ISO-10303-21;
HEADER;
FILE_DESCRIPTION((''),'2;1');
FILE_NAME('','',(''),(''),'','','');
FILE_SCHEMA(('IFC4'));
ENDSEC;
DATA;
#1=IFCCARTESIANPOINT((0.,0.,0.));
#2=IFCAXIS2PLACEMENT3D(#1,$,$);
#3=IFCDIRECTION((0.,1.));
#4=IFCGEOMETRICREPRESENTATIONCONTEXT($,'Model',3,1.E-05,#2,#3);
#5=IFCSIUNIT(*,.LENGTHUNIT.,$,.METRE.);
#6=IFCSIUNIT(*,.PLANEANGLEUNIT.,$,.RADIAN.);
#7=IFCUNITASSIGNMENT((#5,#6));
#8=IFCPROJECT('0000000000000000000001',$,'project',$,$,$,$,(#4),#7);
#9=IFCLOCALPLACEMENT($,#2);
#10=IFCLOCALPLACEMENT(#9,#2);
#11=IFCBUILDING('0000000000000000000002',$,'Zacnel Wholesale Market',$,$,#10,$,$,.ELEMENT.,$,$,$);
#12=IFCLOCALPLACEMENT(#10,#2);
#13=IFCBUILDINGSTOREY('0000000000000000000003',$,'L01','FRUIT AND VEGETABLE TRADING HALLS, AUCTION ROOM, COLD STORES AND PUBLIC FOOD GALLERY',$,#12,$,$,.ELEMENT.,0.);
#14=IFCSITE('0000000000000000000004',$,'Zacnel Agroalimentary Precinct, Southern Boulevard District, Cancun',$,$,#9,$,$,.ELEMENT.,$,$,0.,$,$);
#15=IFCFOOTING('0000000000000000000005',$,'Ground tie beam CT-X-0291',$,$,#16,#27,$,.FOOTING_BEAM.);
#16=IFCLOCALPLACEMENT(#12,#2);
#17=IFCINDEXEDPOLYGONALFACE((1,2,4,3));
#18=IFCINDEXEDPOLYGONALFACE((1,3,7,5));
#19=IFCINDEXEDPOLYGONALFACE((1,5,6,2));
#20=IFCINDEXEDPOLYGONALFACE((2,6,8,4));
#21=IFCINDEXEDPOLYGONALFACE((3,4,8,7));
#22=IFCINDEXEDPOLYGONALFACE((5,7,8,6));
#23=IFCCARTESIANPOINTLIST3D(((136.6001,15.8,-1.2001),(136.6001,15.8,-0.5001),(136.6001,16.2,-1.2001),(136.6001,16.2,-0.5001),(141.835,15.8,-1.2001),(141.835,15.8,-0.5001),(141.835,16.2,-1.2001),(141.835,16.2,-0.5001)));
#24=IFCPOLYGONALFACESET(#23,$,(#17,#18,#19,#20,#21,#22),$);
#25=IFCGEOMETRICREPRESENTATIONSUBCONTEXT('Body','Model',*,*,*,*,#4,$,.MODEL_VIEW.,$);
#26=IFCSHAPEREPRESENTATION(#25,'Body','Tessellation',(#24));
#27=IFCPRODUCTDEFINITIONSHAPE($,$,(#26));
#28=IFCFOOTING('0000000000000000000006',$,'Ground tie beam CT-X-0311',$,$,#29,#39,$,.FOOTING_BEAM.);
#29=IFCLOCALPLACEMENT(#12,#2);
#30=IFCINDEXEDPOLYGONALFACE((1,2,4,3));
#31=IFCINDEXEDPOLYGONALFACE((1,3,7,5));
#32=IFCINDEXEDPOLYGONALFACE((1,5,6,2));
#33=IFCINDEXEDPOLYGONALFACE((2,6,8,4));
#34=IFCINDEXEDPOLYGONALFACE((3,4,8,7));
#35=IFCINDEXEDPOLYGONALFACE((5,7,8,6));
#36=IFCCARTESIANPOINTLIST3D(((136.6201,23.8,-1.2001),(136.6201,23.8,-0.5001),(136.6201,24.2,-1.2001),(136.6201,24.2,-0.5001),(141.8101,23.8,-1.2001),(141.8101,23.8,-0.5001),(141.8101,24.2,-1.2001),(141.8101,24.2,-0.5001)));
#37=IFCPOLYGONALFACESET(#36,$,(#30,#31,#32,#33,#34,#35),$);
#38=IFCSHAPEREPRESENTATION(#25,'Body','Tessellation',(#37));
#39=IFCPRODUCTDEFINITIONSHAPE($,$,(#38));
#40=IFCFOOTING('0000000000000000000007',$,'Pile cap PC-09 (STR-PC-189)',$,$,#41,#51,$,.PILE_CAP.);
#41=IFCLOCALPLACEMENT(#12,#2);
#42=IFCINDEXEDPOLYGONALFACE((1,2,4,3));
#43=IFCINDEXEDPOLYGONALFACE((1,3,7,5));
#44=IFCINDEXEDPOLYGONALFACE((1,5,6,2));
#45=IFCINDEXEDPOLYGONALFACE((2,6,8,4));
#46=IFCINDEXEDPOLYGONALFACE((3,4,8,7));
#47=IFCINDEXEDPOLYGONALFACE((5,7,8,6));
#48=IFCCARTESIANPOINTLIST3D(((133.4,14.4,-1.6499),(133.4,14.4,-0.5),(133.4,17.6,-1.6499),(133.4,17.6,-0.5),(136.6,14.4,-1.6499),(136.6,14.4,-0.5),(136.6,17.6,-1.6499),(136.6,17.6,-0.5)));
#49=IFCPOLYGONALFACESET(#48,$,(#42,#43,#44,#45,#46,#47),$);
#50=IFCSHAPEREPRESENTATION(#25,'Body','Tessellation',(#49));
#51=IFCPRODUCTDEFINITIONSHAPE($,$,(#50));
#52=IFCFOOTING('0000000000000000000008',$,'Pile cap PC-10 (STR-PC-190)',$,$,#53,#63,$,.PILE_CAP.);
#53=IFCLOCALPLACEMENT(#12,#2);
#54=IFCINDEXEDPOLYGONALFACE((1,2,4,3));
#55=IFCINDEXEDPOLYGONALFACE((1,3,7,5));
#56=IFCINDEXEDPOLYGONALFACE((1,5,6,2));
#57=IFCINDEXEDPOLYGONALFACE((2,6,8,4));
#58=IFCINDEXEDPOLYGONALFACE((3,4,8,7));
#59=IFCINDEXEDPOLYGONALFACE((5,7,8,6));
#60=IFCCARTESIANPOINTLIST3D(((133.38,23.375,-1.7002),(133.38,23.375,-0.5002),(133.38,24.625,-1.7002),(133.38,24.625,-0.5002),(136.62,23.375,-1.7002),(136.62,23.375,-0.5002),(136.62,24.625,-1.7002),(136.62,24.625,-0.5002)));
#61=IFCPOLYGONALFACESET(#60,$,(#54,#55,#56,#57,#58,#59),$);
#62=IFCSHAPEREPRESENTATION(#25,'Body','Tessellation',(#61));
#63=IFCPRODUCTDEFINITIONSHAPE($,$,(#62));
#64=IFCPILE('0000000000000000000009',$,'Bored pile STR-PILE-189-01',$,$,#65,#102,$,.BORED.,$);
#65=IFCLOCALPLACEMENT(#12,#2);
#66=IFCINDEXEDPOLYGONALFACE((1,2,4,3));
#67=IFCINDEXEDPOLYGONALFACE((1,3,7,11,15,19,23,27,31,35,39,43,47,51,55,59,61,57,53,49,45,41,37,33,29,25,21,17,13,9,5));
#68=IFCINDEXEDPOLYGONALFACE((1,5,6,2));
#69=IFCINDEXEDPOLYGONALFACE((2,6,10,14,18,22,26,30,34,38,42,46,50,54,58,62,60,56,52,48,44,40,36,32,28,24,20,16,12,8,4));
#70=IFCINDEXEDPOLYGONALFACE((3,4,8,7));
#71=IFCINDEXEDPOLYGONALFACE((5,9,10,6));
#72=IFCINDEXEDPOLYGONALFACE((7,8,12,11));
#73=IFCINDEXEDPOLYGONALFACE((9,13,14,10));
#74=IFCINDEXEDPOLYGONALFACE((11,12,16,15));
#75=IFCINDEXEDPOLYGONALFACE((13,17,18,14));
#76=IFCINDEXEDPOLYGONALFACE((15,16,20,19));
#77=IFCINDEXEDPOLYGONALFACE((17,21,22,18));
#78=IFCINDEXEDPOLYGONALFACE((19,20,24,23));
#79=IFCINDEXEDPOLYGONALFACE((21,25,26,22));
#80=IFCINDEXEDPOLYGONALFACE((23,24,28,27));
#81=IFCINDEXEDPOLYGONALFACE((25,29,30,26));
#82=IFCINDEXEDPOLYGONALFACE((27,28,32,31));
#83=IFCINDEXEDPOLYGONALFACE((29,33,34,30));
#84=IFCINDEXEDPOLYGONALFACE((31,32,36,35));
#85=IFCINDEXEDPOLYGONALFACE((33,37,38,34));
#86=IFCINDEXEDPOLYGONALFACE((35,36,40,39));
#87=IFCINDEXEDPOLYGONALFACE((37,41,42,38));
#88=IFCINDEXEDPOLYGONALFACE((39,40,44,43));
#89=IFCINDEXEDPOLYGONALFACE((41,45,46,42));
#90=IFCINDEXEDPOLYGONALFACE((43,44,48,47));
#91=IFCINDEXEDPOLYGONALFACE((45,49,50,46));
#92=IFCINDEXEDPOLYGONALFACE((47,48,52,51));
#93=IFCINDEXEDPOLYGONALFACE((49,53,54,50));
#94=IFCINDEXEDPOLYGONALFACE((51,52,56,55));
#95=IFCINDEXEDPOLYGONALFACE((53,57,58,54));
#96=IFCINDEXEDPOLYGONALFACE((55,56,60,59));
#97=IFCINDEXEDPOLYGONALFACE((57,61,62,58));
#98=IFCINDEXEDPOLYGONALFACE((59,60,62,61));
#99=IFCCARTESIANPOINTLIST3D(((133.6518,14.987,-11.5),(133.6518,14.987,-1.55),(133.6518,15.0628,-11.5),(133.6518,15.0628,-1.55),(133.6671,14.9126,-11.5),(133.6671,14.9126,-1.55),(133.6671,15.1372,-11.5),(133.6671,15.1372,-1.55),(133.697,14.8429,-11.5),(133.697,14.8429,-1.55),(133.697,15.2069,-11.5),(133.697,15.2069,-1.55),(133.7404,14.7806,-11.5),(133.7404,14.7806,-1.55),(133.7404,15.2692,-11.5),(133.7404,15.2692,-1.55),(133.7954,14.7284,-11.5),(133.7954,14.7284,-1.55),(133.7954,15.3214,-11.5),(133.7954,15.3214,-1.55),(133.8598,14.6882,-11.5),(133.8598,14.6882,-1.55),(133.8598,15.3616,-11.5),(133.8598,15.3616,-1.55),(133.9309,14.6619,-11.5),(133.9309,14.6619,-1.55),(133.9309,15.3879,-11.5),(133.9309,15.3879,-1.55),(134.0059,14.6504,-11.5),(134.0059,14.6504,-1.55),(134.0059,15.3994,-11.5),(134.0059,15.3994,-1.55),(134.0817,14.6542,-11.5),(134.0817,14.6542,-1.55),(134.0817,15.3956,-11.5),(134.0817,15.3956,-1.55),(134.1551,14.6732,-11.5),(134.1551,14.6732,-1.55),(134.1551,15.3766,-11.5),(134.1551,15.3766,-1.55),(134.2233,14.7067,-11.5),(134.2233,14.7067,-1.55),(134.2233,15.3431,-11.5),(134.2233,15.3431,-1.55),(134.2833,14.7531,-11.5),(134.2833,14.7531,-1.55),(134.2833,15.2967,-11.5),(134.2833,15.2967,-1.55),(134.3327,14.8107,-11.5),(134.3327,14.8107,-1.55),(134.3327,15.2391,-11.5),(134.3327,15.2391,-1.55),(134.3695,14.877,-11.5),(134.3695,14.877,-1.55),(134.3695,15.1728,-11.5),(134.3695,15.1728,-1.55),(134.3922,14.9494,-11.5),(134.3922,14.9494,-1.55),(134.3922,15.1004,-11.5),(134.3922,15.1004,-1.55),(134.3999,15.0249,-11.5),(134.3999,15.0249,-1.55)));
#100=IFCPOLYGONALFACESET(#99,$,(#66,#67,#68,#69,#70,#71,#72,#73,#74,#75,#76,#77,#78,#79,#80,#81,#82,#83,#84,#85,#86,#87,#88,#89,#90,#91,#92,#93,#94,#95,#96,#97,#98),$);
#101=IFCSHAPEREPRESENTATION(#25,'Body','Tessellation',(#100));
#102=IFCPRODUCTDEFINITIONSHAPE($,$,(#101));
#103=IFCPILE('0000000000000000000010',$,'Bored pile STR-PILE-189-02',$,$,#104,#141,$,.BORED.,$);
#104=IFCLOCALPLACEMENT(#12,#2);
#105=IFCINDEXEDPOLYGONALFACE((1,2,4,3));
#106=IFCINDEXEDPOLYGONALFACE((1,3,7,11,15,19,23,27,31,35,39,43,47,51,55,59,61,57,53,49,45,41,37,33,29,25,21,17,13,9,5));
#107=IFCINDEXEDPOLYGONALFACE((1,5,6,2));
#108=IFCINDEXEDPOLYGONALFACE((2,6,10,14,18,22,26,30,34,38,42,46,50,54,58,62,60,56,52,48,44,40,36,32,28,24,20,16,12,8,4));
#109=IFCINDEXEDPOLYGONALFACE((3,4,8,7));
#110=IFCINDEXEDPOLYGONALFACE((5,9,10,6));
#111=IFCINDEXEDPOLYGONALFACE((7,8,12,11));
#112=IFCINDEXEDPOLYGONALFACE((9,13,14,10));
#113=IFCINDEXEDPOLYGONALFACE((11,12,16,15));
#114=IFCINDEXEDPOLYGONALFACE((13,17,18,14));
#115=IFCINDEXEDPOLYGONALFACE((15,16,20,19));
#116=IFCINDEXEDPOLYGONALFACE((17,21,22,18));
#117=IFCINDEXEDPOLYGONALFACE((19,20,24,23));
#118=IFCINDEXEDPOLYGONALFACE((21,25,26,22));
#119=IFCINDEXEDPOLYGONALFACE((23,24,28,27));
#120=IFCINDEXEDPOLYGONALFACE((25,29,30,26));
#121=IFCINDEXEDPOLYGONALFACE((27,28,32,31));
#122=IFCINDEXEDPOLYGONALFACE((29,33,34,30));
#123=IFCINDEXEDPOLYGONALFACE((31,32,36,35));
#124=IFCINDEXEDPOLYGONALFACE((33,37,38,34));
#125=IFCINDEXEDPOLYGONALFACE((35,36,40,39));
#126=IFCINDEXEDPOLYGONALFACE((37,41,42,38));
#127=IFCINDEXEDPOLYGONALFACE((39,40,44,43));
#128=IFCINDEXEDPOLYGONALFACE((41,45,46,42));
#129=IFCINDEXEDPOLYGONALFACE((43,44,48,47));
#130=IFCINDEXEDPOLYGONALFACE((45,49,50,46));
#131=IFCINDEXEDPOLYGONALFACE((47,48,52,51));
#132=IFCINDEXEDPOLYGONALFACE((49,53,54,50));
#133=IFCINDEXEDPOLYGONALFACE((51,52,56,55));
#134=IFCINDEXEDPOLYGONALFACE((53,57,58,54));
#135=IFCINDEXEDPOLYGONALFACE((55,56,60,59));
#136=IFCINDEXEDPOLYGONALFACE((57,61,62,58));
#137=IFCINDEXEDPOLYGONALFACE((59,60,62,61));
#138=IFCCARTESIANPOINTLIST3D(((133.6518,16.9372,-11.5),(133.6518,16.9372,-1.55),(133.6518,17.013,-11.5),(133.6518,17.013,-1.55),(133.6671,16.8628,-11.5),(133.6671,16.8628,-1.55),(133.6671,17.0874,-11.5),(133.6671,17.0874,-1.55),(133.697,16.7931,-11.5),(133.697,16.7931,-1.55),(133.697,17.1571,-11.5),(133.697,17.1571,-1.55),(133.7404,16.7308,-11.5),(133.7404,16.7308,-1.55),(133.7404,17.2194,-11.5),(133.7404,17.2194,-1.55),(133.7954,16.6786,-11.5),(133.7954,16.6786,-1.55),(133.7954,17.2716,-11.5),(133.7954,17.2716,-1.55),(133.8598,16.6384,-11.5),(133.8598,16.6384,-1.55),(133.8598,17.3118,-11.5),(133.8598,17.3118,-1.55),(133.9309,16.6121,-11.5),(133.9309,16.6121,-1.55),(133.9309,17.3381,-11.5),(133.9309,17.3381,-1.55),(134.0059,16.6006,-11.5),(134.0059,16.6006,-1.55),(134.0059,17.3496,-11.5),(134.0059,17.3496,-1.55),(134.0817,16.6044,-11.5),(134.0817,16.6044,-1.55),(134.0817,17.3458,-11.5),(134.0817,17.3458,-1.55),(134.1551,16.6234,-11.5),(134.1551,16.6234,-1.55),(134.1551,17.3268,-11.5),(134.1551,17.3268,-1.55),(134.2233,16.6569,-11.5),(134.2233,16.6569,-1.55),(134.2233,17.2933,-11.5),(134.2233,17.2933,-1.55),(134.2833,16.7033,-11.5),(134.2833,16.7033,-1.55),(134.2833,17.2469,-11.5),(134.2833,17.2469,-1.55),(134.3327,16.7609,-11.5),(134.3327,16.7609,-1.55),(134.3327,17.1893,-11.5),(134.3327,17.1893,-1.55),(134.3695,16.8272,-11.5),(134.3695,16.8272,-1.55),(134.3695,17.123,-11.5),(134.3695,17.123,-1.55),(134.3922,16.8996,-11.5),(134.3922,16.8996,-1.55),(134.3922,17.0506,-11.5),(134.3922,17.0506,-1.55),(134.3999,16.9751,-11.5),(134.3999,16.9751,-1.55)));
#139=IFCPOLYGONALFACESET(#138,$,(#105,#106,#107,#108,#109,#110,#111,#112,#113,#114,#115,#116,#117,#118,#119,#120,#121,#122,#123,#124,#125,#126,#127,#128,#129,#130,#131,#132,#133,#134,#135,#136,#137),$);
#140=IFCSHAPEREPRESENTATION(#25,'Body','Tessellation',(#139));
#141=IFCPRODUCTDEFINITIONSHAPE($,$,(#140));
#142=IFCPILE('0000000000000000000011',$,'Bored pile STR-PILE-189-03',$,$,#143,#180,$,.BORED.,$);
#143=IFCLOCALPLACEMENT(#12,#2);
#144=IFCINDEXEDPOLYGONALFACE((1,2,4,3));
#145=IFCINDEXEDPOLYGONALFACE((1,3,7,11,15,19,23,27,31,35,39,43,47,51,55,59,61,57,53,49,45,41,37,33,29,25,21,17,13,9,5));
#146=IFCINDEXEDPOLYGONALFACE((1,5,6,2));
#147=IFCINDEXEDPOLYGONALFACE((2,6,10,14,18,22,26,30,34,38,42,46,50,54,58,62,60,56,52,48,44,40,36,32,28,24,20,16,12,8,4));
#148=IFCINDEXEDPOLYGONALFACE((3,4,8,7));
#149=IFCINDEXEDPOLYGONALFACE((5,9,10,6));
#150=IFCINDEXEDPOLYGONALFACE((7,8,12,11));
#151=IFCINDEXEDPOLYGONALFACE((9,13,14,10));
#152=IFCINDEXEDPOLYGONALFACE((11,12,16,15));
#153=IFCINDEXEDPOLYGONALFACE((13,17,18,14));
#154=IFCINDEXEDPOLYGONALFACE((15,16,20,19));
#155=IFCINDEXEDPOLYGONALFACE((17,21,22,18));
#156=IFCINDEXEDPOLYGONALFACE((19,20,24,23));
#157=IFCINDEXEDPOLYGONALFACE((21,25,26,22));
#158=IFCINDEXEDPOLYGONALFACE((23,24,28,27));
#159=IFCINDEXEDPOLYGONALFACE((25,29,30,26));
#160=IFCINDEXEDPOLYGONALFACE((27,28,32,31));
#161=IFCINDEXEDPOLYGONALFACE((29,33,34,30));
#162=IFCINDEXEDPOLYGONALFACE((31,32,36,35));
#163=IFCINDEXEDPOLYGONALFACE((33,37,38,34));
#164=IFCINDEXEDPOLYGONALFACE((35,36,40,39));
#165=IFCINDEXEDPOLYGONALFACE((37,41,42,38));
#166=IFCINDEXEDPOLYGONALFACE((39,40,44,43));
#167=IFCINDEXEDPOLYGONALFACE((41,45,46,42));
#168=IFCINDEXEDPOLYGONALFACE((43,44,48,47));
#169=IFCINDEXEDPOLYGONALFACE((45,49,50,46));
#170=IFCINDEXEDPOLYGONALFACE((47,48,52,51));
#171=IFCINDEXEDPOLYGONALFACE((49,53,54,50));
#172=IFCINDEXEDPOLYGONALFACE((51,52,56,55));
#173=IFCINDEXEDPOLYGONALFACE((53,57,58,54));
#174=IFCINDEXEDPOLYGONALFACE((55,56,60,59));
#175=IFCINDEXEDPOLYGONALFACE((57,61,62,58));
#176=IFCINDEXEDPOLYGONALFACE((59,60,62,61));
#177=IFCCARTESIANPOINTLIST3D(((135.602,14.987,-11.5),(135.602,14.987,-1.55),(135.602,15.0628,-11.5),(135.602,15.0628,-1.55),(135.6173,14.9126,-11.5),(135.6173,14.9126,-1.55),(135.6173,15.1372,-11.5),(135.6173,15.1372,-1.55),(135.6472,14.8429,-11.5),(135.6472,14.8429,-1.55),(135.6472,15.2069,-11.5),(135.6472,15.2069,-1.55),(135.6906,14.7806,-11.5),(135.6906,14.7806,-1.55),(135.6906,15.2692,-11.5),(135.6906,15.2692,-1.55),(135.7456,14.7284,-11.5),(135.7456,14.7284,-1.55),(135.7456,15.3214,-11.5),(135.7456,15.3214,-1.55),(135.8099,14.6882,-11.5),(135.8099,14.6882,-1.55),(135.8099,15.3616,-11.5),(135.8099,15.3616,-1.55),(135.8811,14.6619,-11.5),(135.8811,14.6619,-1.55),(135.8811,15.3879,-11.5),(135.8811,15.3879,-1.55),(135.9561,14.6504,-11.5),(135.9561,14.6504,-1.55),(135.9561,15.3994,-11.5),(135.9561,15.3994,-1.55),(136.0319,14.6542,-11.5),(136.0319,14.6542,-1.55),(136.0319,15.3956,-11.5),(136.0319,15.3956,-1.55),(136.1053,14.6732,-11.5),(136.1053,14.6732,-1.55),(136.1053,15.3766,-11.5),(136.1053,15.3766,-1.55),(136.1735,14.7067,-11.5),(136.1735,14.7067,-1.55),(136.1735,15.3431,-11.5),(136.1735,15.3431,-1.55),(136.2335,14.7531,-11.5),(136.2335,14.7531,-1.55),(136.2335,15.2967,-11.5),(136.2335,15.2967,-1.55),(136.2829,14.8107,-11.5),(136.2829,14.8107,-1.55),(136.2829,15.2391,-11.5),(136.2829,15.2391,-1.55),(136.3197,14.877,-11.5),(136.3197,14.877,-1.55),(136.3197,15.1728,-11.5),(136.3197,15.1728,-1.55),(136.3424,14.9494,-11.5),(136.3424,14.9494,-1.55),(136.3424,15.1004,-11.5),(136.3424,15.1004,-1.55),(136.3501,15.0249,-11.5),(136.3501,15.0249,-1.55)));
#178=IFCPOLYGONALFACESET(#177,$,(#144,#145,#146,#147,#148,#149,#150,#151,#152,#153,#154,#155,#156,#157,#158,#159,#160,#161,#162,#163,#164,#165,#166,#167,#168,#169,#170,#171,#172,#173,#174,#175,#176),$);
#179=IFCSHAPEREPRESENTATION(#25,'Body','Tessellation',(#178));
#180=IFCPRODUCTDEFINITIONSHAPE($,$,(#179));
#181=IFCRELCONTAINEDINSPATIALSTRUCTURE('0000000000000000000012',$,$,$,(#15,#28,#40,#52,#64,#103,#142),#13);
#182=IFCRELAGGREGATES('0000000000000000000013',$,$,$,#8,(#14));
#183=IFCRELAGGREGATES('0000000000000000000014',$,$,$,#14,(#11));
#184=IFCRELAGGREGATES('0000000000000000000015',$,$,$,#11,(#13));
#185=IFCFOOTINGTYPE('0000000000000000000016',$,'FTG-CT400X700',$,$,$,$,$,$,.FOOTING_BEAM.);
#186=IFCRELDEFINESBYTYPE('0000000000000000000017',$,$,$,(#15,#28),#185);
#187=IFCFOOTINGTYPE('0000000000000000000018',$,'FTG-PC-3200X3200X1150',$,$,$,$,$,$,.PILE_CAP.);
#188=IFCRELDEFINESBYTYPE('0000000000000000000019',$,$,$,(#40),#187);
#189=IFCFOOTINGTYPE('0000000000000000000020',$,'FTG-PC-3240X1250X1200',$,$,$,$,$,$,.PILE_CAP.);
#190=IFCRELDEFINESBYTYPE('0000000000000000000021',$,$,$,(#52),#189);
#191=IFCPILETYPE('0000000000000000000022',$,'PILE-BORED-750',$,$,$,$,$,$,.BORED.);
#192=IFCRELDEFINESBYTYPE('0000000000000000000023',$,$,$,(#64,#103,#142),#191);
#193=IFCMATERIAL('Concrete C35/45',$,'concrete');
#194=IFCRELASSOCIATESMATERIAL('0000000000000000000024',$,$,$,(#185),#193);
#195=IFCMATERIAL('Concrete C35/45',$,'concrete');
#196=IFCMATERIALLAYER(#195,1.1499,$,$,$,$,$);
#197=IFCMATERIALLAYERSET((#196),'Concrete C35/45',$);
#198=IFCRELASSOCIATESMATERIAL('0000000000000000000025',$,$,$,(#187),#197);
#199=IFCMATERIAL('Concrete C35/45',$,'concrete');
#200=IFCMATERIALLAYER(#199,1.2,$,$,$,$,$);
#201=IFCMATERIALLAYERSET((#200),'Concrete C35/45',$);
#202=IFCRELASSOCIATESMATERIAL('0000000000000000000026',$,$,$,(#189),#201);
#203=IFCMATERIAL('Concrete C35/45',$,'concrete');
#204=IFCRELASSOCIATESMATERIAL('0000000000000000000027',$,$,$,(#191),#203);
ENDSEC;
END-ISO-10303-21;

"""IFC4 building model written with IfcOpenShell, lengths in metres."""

from ifc_helpers import new_model, si_unit, direction, frame, origin, origin_2d, place, context, subcontext, project, spatial, rectangle, circle, extrude, material, layer, layer_set, material_profile, profile_set, type_object, element, save


model = new_model("IFC4")

# Units and contexts
model_context = context("Model", 3, precision=1e-05, world=origin(), true_north=direction((0.0, 1.0)))
body_context = subcontext(model_context, "Body", "Model", "MODEL_VIEW")
ifc_project = project(units=[si_unit("LENGTHUNIT", "METRE"), si_unit("PLANEANGLEUNIT", "RADIAN")], contexts=[model_context])

# Site, building, storey
site_placement = place(None, origin())
site = spatial("IfcSite", under=ifc_project, at=site_placement, Name="Zacnel Agroalimentary Precinct, Southern Boulevard District, Cancun", CompositionType="ELEMENT", RefElevation=0.0)
building_placement = place(site_placement, origin())
building = spatial("IfcBuilding", under=site, at=building_placement, Name="Zacnel Wholesale Market", CompositionType="ELEMENT")
storey_placement = place(building_placement, origin())
storey = spatial("IfcBuildingStorey", under=building, at=storey_placement, Name="L01", Description="FRUIT AND VEGETABLE TRADING HALLS, AUCTION ROOM, COLD STORES AND PUBLIC FOOD GALLERY", CompositionType="ELEMENT", Elevation=0.0)

# Footings
ifc_material_1 = material(Name="Concrete C35/45", Category="concrete")
ifc_material_profile_1 = material_profile(ifc_material_1, rectangle(XDim=0.3999, YDim=0.7, at=origin_2d()), Name="CT 400x700")
ifc_profile_set_1 = profile_set([ifc_material_profile_1], Name="Concrete C35/45")
footing_type_1 = type_object("IfcFootingType", Name="FTG-CT400X700", PredefinedType="FOOTING_BEAM", material=ifc_profile_set_1)
footing_1_placement = place(storey_placement, frame((136.6001, 16.0, -0.8501), z_axis=(1.0, 0.0, 0.0), x_axis=(0.0, 1.0, 0.0)))
element("IfcFooting", 1, at=footing_1_placement, inside=storey, type_object=footing_type_1, Name="Ground tie beam CT-X-0291", PredefinedType="FOOTING_BEAM", context=body_context, shape_type="SweptSolid", body=[
    extrude(rectangle(XDim=0.3999, YDim=0.7, at=origin_2d()), origin(), (0.0, 0.0, 1.0), 5.2349),
])
footing_2_placement = place(storey_placement, frame((136.6201, 24.0, -0.8501), z_axis=(1.0, 0.0, 0.0), x_axis=(0.0, 1.0, 0.0)))
element("IfcFooting", 2, at=footing_2_placement, inside=storey, type_object=footing_type_1, Name="Ground tie beam CT-X-0311", PredefinedType="FOOTING_BEAM", context=body_context, shape_type="SweptSolid", body=[
    extrude(rectangle(XDim=0.3999, YDim=0.7, at=origin_2d()), origin(), (0.0, 0.0, 1.0), 5.1899),
])
ifc_material_2 = material(Name="Concrete C35/45", Category="concrete")
ifc_layer_1 = layer(ifc_material_2, 1.1499)
ifc_layer_set_1 = layer_set([ifc_layer_1], Name="Concrete C35/45")
footing_type_2 = type_object("IfcFootingType", Name="FTG-PC-3200X3200X1150", PredefinedType="PILE_CAP", material=ifc_layer_set_1)
footing_3_placement = place(storey_placement, frame((135.0, 16.0, -1.6499), z_axis=(0.0, 0.0, 1.0), x_axis=(1.0, 0.0, 0.0)))
element("IfcFooting", 3, at=footing_3_placement, inside=storey, type_object=footing_type_2, Name="Pile cap PC-09 (STR-PC-189)", PredefinedType="PILE_CAP", context=body_context, shape_type="SweptSolid", body=[
    extrude(rectangle(XDim=3.2, YDim=3.2, at=origin_2d()), origin(), (0.0, 0.0, 1.0), 1.1499),
])
ifc_material_3 = material(Name="Concrete C35/45", Category="concrete")
ifc_layer_2 = layer(ifc_material_3, 1.2)
ifc_layer_set_2 = layer_set([ifc_layer_2], Name="Concrete C35/45")
footing_type_3 = type_object("IfcFootingType", Name="FTG-PC-3240X1250X1200", PredefinedType="PILE_CAP", material=ifc_layer_set_2)
footing_4_placement = place(storey_placement, frame((135.0, 24.0, -1.7002), z_axis=(0.0, 0.0, 1.0), x_axis=(1.0, 0.0, 0.0)))
element("IfcFooting", 4, at=footing_4_placement, inside=storey, type_object=footing_type_3, Name="Pile cap PC-10 (STR-PC-190)", PredefinedType="PILE_CAP", context=body_context, shape_type="SweptSolid", body=[
    extrude(rectangle(XDim=3.24, YDim=1.25, at=origin_2d()), origin(), (0.0, 0.0, 1.0), 1.2),
])

# Piles
ifc_material_4 = material(Name="Concrete C35/45", Category="concrete")
ifc_material_profile_2 = material_profile(ifc_material_4, circle(Radius=0.375, at=origin_2d()), Name="BORED PILE D750")
ifc_profile_set_2 = profile_set([ifc_material_profile_2], Name="Concrete C35/45")
pile_type = type_object("IfcPileType", Name="PILE-BORED-750", PredefinedType="BORED", material=ifc_profile_set_2)
for number, where, z_axis, x_axis, name in (
    (5, (134.0249, 15.0249, -1.55), (0.0, 0.0, -1.0), (1.0, 0.0, 0.0), "Bored pile STR-PILE-189-01"),
    (6, (134.0249, 16.9751, -1.55), (0.0, 0.0, -1.0), (1.0, 0.0, 0.0), "Bored pile STR-PILE-189-02"),
    (7, (135.9751, 15.0249, -1.55), (0.0, 0.0, -1.0), (1.0, 0.0, 0.0), "Bored pile STR-PILE-189-03"),
):
    element("IfcPile", number, at=place(storey_placement, frame(where, z_axis=z_axis, x_axis=x_axis)), inside=storey, type_object=pile_type, Name=name, PredefinedType="BORED", context=body_context, shape_type="SweptSolid", body=[
        extrude(circle(Radius=0.375, at=origin_2d()), origin(), (0.0, 0.0, 1.0), 9.95),
    ])

save(model, "model.ifc")
